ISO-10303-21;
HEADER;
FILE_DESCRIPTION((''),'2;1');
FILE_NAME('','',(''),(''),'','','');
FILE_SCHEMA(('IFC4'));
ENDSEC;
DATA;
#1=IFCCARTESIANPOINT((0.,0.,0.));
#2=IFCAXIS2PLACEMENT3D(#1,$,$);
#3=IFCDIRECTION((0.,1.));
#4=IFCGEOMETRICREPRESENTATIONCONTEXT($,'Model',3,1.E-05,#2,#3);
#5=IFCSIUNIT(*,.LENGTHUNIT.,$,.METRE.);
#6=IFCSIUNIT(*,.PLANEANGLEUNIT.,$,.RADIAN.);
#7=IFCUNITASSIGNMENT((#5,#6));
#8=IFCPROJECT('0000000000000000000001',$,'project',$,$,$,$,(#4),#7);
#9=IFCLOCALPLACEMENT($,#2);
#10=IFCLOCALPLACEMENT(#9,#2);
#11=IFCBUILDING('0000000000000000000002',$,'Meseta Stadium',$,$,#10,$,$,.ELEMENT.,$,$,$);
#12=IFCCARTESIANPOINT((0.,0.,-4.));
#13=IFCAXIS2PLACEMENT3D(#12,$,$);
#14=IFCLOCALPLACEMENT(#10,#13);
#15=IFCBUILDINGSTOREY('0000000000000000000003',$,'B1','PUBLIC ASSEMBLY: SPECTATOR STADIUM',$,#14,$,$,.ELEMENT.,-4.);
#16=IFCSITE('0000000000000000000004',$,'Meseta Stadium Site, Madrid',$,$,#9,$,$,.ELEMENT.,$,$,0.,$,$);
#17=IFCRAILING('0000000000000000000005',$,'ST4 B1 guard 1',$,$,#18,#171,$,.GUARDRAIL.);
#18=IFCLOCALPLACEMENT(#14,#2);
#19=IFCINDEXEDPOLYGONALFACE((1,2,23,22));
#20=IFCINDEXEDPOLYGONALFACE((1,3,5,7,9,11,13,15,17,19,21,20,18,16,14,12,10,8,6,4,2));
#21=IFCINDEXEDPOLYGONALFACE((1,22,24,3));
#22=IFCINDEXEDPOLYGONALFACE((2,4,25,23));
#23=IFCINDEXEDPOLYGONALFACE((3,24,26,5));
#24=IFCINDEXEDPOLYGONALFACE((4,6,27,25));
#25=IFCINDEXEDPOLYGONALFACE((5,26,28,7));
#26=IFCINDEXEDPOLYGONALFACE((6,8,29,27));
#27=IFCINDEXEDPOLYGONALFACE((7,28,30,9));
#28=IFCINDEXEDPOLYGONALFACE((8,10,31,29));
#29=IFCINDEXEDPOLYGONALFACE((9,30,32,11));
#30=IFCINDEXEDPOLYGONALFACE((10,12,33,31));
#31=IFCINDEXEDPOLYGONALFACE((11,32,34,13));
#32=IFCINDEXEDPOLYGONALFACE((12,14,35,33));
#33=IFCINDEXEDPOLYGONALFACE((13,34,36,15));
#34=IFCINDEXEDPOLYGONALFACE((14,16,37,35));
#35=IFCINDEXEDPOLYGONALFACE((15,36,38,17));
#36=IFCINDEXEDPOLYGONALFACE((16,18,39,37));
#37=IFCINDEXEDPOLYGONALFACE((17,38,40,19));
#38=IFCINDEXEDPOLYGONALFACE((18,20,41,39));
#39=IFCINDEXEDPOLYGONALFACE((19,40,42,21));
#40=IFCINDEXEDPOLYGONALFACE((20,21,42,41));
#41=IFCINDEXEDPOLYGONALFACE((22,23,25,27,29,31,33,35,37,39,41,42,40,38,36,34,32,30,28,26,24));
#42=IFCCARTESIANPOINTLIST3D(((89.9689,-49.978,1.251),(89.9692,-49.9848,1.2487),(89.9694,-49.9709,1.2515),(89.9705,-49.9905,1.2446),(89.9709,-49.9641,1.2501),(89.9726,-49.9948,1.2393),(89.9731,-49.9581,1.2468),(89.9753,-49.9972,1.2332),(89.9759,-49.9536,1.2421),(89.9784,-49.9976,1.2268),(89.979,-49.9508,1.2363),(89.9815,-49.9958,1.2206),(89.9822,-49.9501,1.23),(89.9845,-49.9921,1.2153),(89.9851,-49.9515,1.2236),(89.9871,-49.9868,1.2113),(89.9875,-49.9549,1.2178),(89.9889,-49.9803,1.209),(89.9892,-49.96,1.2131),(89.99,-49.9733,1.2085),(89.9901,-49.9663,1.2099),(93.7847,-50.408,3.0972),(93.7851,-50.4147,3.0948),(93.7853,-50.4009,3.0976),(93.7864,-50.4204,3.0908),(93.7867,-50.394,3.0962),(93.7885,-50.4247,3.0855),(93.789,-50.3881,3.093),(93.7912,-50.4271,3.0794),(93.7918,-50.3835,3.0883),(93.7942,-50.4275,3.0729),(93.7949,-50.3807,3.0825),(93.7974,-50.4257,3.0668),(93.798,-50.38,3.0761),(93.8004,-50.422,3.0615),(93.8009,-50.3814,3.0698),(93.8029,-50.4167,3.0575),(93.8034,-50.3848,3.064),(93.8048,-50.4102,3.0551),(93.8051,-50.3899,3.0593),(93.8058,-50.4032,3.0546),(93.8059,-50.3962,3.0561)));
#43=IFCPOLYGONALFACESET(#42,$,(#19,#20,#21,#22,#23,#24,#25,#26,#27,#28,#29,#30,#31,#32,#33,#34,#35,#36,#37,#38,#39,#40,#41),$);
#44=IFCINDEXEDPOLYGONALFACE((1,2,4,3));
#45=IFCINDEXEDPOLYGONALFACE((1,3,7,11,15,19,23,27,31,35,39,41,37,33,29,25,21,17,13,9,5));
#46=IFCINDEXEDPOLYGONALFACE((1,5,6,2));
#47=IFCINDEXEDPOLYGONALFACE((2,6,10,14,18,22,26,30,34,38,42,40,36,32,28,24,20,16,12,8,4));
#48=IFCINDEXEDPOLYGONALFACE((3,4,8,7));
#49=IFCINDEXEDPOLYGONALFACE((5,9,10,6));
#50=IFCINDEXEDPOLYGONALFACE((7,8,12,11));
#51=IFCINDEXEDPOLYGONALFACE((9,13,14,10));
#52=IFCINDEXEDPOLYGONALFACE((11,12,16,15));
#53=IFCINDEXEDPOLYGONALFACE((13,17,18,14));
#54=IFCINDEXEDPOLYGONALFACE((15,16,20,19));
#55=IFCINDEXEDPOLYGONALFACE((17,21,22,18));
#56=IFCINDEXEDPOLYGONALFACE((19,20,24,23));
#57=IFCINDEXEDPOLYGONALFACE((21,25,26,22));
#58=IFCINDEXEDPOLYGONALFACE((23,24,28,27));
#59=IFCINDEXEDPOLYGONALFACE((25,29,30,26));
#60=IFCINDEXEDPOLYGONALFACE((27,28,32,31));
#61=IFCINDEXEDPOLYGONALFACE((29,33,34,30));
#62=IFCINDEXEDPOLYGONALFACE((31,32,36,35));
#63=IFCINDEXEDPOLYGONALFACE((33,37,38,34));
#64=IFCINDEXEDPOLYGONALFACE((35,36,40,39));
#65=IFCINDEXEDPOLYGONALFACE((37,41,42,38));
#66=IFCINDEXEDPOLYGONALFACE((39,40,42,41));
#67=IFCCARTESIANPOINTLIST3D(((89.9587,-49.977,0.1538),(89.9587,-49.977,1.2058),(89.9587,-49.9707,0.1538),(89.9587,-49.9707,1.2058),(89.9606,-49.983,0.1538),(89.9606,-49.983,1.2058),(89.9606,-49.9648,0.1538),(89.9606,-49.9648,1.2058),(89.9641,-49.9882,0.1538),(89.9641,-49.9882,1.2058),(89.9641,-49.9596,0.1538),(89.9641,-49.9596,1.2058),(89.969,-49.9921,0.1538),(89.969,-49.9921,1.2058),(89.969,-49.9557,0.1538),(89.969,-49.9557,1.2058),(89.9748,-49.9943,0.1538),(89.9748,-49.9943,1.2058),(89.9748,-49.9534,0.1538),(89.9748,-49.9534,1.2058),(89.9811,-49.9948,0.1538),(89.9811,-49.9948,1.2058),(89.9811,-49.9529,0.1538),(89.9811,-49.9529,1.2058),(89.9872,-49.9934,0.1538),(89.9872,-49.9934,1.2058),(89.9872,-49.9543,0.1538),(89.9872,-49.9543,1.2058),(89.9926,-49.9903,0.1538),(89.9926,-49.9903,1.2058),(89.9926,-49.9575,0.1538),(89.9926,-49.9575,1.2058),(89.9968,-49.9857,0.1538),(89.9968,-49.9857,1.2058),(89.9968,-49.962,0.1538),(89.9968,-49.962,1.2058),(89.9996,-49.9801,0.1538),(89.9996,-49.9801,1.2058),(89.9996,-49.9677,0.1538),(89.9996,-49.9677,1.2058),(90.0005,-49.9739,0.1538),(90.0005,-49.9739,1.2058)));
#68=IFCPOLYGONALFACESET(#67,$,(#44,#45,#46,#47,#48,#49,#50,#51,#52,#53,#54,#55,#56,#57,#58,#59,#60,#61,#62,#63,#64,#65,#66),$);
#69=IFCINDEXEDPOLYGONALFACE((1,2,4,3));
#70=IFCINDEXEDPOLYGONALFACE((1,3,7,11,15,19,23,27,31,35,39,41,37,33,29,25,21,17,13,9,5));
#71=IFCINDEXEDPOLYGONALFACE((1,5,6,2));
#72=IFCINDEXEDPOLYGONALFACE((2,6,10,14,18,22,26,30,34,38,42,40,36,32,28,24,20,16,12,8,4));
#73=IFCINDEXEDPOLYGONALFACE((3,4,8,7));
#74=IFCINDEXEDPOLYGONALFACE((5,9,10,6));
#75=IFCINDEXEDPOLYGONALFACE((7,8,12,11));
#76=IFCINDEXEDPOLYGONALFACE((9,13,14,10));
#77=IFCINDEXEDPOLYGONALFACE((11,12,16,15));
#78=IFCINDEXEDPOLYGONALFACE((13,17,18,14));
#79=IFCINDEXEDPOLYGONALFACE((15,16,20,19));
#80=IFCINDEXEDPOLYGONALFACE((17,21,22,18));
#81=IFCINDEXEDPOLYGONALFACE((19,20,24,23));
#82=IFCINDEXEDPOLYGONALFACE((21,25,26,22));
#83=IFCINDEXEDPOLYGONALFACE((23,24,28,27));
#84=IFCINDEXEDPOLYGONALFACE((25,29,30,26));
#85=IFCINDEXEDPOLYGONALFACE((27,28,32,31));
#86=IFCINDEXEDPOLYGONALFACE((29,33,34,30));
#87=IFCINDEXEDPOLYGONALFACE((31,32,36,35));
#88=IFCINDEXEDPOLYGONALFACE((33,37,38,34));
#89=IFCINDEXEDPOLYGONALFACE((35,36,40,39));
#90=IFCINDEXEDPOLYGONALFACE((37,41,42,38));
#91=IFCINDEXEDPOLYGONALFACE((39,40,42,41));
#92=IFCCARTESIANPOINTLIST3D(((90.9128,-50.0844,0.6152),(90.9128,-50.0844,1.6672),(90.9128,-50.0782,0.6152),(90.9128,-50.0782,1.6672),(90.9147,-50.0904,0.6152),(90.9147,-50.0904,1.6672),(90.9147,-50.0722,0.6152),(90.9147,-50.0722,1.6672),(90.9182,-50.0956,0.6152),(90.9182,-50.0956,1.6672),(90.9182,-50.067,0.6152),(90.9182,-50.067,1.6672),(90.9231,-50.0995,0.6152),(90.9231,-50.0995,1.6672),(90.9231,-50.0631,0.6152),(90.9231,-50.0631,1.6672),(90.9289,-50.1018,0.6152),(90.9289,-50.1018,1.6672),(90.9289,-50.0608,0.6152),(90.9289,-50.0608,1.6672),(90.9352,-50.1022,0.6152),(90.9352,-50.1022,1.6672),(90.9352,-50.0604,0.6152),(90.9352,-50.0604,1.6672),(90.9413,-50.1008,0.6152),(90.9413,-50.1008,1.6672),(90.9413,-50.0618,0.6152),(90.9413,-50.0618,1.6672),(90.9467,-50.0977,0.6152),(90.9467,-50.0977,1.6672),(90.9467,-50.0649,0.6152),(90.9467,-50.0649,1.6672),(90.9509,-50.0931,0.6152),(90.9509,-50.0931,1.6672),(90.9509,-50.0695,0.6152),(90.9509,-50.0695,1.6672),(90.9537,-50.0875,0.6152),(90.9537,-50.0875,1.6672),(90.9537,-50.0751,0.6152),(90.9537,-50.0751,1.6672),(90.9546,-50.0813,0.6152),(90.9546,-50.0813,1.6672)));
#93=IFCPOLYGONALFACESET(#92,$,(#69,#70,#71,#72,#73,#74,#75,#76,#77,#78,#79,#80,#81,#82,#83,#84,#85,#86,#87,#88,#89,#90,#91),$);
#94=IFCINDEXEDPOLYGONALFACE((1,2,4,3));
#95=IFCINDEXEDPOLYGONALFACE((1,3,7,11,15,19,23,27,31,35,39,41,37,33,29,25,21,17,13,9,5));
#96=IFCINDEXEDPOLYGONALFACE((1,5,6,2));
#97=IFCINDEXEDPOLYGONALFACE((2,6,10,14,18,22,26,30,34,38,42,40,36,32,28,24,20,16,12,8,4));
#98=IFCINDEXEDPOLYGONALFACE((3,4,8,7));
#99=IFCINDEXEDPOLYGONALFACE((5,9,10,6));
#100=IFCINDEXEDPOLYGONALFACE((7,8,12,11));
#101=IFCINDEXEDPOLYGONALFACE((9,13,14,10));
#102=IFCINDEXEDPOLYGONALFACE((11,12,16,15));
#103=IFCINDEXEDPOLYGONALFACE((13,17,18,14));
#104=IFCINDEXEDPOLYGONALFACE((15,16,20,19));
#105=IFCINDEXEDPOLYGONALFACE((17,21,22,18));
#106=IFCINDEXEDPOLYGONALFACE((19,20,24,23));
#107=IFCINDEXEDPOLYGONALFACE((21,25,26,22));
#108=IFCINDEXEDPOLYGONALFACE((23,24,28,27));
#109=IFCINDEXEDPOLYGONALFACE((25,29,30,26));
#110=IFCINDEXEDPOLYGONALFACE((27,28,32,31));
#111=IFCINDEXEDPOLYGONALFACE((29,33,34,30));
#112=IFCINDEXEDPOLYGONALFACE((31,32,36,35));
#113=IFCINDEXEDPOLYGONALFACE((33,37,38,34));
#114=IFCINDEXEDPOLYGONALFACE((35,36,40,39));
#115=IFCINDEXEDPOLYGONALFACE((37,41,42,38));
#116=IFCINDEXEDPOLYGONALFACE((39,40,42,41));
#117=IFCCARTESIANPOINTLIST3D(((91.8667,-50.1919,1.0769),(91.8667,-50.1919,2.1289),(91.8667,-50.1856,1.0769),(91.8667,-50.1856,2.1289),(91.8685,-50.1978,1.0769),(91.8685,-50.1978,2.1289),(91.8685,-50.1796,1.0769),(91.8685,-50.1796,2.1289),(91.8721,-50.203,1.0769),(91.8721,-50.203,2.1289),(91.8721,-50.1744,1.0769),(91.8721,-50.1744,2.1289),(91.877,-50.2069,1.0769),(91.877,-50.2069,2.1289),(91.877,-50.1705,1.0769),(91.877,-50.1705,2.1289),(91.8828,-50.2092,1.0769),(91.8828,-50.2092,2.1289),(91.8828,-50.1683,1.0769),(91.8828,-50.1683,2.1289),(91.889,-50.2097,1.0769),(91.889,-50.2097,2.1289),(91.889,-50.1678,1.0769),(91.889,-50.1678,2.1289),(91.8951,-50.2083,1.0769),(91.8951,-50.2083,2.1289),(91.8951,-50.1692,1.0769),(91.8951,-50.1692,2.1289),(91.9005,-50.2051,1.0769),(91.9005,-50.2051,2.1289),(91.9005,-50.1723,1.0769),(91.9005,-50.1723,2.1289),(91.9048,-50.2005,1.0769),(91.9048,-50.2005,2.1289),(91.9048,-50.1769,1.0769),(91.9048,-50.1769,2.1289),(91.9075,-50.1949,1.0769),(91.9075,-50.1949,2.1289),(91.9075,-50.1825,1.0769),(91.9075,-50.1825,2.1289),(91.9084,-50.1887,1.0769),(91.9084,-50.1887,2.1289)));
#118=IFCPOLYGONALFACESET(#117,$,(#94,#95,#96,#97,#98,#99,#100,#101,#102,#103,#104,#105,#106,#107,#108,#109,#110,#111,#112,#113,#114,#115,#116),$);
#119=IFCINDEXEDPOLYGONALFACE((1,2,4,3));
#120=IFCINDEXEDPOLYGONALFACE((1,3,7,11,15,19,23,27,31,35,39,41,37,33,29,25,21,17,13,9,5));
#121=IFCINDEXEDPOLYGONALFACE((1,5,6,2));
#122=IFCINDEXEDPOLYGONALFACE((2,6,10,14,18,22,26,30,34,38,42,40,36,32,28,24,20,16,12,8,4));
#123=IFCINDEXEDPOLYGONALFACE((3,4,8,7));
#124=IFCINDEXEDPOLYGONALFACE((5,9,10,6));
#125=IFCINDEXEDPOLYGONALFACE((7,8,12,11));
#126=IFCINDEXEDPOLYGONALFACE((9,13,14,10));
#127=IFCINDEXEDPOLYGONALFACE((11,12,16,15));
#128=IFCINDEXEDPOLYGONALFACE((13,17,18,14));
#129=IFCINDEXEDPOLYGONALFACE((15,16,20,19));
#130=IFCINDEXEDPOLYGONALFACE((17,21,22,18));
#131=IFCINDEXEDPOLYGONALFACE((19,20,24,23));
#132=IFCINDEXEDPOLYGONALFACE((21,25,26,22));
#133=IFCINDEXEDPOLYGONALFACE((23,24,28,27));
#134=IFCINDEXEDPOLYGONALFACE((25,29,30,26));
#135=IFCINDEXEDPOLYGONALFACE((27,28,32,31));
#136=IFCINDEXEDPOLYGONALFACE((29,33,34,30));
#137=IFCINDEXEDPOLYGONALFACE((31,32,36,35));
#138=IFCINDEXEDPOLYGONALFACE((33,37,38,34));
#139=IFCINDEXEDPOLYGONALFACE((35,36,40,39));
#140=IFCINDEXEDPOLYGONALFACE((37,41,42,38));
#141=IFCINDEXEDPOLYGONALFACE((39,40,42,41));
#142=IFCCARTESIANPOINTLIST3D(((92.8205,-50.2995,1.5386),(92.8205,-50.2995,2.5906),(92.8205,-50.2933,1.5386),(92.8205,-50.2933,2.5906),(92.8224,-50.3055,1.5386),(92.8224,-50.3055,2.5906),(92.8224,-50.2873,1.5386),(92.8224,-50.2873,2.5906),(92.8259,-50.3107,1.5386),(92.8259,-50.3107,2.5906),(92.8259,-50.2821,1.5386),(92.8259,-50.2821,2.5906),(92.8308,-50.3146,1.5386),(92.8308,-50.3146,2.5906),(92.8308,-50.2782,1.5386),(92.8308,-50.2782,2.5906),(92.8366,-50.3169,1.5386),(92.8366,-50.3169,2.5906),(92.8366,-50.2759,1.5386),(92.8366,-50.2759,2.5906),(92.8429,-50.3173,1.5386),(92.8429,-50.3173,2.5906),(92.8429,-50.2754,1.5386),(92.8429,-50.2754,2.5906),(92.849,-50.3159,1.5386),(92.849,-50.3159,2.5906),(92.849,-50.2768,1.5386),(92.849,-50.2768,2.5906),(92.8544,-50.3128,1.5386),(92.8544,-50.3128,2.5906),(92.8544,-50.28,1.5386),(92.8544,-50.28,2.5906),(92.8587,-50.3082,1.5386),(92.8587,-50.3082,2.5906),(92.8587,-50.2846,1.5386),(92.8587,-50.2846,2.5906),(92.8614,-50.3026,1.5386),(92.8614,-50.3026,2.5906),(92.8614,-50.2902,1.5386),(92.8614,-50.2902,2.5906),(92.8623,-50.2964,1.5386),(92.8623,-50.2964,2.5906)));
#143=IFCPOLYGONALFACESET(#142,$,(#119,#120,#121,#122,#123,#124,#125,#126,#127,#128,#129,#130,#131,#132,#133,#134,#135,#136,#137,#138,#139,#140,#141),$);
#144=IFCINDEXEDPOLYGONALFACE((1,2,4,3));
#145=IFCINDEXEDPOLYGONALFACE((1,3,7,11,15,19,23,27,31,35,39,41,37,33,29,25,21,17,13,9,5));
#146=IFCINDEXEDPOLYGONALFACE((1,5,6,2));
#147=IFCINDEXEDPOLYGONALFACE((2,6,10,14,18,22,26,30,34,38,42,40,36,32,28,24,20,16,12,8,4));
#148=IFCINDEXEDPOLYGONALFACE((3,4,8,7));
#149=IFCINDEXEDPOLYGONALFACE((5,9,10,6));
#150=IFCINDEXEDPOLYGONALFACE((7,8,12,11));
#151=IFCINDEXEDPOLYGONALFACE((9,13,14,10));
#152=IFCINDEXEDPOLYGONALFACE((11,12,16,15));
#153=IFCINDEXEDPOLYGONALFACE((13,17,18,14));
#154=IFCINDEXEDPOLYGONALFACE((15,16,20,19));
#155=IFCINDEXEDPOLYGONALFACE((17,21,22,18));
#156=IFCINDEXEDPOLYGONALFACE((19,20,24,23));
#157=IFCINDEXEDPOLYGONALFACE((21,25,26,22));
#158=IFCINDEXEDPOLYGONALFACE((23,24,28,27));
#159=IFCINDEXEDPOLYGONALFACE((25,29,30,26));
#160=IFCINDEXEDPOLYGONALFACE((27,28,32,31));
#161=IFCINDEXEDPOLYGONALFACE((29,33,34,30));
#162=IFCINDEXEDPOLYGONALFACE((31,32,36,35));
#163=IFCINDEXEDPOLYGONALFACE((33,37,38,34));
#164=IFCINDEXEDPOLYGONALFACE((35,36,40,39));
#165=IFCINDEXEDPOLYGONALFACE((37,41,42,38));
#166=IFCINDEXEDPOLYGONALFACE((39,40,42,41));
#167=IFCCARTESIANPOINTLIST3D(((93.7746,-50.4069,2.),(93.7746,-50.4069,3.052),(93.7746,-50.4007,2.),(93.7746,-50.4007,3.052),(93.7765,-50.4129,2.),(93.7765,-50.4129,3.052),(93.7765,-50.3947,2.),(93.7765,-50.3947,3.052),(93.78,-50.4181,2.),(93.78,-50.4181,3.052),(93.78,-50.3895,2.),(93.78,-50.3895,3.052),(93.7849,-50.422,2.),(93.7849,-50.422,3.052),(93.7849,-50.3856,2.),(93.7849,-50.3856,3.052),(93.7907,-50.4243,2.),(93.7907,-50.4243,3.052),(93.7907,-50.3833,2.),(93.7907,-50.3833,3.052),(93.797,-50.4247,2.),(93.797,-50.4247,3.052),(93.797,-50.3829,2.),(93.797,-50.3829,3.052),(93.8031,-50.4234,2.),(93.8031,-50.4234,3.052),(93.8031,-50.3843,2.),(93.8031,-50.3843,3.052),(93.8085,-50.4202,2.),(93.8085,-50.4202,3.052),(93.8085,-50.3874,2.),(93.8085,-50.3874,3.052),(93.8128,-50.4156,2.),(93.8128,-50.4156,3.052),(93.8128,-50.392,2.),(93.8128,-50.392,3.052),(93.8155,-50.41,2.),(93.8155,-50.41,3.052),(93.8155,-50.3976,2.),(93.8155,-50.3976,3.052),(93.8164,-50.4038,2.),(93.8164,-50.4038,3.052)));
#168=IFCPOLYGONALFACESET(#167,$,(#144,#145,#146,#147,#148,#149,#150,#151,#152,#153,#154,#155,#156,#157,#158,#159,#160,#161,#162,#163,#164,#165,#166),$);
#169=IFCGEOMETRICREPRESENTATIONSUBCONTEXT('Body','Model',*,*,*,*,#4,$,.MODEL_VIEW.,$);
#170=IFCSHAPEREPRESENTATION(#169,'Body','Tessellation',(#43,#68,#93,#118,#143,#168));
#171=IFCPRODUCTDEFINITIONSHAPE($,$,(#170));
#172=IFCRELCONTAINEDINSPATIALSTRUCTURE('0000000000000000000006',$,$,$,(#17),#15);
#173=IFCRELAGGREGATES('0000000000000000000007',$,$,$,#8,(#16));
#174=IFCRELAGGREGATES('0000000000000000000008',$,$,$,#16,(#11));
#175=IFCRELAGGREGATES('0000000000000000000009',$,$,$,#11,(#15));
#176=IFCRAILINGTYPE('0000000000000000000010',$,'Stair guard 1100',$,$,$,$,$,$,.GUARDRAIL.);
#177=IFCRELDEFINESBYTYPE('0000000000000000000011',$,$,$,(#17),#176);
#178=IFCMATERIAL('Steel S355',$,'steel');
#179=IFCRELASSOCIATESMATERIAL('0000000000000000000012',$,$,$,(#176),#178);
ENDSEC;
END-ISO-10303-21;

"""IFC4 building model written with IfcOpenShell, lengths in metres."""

from ifc_helpers import new_model, si_unit, direction, frame, origin, origin_2d, place, context, subcontext, project, spatial, circle, extrude, material, type_object, element, save


model = new_model("IFC4")

# Units and contexts
model_context = context("Model", 3, precision=1e-05, world=origin(), true_north=direction((0.0, 1.0)))
body_context = subcontext(model_context, "Body", "Model", "MODEL_VIEW")
ifc_project = project(units=[si_unit("LENGTHUNIT", "METRE"), si_unit("PLANEANGLEUNIT", "RADIAN")], contexts=[model_context])

# Site, building, storey
site_placement = place(None, origin())
site = spatial("IfcSite", under=ifc_project, at=site_placement, Name="Meseta Stadium Site, Madrid", CompositionType="ELEMENT", RefElevation=0.0)
building_placement = place(site_placement, origin())
building = spatial("IfcBuilding", under=site, at=building_placement, Name="Meseta Stadium", CompositionType="ELEMENT")
storey_placement = place(building_placement, frame((0.0, 0.0, -4.0)))
storey = spatial("IfcBuildingStorey", under=building, at=storey_placement, Name="B1", Description="PUBLIC ASSEMBLY: SPECTATOR STADIUM", CompositionType="ELEMENT", Elevation=-4.0)

# Railing
ifc_material_1 = material(Name="Steel S355", Category="steel")
railing_type_1 = type_object("IfcRailingType", Name="Stair guard 1100", PredefinedType="GUARDRAIL", material=ifc_material_1)
railing_1_placement = place(storey_placement, frame((89.9795, -49.9739, 0.1538)))
element("IfcRailing", 1, at=railing_1_placement, inside=storey, type_object=railing_type_1, Name="ST4 B1 guard 1", PredefinedType="GUARDRAIL", context=body_context, shape_type="SweptSolid", body=[
    extrude(circle(Radius=0.0239, at=origin_2d()), frame((0.0, 0.0, 1.0762), z_axis=(0.895585, -0.100904, 0.433296), x_axis=(0.11196, 0.993713, 0.0)), (0.0, 0.0, 1.0), 4.2607),
    extrude(circle(Radius=0.021, at=origin_2d()), origin(), (0.0, 0.0, 1.0), 1.052),
    extrude(circle(Radius=0.021, at=origin_2d()), frame((0.9541, -0.1074, 0.4614)), (0.0, 0.0, 1.0), 1.052),
    extrude(circle(Radius=0.021, at=origin_2d()), frame((1.908, -0.2148, 0.9231)), (0.0, 0.0, 1.0), 1.052),
    extrude(circle(Radius=0.021, at=origin_2d()), frame((2.8618, -0.3225, 1.3848)), (0.0, 0.0, 1.0), 1.052),
    extrude(circle(Radius=0.021, at=origin_2d()), frame((3.8159, -0.4299, 1.8462)), (0.0, 0.0, 1.0), 1.052),
])

save(model, "model.ifc")
